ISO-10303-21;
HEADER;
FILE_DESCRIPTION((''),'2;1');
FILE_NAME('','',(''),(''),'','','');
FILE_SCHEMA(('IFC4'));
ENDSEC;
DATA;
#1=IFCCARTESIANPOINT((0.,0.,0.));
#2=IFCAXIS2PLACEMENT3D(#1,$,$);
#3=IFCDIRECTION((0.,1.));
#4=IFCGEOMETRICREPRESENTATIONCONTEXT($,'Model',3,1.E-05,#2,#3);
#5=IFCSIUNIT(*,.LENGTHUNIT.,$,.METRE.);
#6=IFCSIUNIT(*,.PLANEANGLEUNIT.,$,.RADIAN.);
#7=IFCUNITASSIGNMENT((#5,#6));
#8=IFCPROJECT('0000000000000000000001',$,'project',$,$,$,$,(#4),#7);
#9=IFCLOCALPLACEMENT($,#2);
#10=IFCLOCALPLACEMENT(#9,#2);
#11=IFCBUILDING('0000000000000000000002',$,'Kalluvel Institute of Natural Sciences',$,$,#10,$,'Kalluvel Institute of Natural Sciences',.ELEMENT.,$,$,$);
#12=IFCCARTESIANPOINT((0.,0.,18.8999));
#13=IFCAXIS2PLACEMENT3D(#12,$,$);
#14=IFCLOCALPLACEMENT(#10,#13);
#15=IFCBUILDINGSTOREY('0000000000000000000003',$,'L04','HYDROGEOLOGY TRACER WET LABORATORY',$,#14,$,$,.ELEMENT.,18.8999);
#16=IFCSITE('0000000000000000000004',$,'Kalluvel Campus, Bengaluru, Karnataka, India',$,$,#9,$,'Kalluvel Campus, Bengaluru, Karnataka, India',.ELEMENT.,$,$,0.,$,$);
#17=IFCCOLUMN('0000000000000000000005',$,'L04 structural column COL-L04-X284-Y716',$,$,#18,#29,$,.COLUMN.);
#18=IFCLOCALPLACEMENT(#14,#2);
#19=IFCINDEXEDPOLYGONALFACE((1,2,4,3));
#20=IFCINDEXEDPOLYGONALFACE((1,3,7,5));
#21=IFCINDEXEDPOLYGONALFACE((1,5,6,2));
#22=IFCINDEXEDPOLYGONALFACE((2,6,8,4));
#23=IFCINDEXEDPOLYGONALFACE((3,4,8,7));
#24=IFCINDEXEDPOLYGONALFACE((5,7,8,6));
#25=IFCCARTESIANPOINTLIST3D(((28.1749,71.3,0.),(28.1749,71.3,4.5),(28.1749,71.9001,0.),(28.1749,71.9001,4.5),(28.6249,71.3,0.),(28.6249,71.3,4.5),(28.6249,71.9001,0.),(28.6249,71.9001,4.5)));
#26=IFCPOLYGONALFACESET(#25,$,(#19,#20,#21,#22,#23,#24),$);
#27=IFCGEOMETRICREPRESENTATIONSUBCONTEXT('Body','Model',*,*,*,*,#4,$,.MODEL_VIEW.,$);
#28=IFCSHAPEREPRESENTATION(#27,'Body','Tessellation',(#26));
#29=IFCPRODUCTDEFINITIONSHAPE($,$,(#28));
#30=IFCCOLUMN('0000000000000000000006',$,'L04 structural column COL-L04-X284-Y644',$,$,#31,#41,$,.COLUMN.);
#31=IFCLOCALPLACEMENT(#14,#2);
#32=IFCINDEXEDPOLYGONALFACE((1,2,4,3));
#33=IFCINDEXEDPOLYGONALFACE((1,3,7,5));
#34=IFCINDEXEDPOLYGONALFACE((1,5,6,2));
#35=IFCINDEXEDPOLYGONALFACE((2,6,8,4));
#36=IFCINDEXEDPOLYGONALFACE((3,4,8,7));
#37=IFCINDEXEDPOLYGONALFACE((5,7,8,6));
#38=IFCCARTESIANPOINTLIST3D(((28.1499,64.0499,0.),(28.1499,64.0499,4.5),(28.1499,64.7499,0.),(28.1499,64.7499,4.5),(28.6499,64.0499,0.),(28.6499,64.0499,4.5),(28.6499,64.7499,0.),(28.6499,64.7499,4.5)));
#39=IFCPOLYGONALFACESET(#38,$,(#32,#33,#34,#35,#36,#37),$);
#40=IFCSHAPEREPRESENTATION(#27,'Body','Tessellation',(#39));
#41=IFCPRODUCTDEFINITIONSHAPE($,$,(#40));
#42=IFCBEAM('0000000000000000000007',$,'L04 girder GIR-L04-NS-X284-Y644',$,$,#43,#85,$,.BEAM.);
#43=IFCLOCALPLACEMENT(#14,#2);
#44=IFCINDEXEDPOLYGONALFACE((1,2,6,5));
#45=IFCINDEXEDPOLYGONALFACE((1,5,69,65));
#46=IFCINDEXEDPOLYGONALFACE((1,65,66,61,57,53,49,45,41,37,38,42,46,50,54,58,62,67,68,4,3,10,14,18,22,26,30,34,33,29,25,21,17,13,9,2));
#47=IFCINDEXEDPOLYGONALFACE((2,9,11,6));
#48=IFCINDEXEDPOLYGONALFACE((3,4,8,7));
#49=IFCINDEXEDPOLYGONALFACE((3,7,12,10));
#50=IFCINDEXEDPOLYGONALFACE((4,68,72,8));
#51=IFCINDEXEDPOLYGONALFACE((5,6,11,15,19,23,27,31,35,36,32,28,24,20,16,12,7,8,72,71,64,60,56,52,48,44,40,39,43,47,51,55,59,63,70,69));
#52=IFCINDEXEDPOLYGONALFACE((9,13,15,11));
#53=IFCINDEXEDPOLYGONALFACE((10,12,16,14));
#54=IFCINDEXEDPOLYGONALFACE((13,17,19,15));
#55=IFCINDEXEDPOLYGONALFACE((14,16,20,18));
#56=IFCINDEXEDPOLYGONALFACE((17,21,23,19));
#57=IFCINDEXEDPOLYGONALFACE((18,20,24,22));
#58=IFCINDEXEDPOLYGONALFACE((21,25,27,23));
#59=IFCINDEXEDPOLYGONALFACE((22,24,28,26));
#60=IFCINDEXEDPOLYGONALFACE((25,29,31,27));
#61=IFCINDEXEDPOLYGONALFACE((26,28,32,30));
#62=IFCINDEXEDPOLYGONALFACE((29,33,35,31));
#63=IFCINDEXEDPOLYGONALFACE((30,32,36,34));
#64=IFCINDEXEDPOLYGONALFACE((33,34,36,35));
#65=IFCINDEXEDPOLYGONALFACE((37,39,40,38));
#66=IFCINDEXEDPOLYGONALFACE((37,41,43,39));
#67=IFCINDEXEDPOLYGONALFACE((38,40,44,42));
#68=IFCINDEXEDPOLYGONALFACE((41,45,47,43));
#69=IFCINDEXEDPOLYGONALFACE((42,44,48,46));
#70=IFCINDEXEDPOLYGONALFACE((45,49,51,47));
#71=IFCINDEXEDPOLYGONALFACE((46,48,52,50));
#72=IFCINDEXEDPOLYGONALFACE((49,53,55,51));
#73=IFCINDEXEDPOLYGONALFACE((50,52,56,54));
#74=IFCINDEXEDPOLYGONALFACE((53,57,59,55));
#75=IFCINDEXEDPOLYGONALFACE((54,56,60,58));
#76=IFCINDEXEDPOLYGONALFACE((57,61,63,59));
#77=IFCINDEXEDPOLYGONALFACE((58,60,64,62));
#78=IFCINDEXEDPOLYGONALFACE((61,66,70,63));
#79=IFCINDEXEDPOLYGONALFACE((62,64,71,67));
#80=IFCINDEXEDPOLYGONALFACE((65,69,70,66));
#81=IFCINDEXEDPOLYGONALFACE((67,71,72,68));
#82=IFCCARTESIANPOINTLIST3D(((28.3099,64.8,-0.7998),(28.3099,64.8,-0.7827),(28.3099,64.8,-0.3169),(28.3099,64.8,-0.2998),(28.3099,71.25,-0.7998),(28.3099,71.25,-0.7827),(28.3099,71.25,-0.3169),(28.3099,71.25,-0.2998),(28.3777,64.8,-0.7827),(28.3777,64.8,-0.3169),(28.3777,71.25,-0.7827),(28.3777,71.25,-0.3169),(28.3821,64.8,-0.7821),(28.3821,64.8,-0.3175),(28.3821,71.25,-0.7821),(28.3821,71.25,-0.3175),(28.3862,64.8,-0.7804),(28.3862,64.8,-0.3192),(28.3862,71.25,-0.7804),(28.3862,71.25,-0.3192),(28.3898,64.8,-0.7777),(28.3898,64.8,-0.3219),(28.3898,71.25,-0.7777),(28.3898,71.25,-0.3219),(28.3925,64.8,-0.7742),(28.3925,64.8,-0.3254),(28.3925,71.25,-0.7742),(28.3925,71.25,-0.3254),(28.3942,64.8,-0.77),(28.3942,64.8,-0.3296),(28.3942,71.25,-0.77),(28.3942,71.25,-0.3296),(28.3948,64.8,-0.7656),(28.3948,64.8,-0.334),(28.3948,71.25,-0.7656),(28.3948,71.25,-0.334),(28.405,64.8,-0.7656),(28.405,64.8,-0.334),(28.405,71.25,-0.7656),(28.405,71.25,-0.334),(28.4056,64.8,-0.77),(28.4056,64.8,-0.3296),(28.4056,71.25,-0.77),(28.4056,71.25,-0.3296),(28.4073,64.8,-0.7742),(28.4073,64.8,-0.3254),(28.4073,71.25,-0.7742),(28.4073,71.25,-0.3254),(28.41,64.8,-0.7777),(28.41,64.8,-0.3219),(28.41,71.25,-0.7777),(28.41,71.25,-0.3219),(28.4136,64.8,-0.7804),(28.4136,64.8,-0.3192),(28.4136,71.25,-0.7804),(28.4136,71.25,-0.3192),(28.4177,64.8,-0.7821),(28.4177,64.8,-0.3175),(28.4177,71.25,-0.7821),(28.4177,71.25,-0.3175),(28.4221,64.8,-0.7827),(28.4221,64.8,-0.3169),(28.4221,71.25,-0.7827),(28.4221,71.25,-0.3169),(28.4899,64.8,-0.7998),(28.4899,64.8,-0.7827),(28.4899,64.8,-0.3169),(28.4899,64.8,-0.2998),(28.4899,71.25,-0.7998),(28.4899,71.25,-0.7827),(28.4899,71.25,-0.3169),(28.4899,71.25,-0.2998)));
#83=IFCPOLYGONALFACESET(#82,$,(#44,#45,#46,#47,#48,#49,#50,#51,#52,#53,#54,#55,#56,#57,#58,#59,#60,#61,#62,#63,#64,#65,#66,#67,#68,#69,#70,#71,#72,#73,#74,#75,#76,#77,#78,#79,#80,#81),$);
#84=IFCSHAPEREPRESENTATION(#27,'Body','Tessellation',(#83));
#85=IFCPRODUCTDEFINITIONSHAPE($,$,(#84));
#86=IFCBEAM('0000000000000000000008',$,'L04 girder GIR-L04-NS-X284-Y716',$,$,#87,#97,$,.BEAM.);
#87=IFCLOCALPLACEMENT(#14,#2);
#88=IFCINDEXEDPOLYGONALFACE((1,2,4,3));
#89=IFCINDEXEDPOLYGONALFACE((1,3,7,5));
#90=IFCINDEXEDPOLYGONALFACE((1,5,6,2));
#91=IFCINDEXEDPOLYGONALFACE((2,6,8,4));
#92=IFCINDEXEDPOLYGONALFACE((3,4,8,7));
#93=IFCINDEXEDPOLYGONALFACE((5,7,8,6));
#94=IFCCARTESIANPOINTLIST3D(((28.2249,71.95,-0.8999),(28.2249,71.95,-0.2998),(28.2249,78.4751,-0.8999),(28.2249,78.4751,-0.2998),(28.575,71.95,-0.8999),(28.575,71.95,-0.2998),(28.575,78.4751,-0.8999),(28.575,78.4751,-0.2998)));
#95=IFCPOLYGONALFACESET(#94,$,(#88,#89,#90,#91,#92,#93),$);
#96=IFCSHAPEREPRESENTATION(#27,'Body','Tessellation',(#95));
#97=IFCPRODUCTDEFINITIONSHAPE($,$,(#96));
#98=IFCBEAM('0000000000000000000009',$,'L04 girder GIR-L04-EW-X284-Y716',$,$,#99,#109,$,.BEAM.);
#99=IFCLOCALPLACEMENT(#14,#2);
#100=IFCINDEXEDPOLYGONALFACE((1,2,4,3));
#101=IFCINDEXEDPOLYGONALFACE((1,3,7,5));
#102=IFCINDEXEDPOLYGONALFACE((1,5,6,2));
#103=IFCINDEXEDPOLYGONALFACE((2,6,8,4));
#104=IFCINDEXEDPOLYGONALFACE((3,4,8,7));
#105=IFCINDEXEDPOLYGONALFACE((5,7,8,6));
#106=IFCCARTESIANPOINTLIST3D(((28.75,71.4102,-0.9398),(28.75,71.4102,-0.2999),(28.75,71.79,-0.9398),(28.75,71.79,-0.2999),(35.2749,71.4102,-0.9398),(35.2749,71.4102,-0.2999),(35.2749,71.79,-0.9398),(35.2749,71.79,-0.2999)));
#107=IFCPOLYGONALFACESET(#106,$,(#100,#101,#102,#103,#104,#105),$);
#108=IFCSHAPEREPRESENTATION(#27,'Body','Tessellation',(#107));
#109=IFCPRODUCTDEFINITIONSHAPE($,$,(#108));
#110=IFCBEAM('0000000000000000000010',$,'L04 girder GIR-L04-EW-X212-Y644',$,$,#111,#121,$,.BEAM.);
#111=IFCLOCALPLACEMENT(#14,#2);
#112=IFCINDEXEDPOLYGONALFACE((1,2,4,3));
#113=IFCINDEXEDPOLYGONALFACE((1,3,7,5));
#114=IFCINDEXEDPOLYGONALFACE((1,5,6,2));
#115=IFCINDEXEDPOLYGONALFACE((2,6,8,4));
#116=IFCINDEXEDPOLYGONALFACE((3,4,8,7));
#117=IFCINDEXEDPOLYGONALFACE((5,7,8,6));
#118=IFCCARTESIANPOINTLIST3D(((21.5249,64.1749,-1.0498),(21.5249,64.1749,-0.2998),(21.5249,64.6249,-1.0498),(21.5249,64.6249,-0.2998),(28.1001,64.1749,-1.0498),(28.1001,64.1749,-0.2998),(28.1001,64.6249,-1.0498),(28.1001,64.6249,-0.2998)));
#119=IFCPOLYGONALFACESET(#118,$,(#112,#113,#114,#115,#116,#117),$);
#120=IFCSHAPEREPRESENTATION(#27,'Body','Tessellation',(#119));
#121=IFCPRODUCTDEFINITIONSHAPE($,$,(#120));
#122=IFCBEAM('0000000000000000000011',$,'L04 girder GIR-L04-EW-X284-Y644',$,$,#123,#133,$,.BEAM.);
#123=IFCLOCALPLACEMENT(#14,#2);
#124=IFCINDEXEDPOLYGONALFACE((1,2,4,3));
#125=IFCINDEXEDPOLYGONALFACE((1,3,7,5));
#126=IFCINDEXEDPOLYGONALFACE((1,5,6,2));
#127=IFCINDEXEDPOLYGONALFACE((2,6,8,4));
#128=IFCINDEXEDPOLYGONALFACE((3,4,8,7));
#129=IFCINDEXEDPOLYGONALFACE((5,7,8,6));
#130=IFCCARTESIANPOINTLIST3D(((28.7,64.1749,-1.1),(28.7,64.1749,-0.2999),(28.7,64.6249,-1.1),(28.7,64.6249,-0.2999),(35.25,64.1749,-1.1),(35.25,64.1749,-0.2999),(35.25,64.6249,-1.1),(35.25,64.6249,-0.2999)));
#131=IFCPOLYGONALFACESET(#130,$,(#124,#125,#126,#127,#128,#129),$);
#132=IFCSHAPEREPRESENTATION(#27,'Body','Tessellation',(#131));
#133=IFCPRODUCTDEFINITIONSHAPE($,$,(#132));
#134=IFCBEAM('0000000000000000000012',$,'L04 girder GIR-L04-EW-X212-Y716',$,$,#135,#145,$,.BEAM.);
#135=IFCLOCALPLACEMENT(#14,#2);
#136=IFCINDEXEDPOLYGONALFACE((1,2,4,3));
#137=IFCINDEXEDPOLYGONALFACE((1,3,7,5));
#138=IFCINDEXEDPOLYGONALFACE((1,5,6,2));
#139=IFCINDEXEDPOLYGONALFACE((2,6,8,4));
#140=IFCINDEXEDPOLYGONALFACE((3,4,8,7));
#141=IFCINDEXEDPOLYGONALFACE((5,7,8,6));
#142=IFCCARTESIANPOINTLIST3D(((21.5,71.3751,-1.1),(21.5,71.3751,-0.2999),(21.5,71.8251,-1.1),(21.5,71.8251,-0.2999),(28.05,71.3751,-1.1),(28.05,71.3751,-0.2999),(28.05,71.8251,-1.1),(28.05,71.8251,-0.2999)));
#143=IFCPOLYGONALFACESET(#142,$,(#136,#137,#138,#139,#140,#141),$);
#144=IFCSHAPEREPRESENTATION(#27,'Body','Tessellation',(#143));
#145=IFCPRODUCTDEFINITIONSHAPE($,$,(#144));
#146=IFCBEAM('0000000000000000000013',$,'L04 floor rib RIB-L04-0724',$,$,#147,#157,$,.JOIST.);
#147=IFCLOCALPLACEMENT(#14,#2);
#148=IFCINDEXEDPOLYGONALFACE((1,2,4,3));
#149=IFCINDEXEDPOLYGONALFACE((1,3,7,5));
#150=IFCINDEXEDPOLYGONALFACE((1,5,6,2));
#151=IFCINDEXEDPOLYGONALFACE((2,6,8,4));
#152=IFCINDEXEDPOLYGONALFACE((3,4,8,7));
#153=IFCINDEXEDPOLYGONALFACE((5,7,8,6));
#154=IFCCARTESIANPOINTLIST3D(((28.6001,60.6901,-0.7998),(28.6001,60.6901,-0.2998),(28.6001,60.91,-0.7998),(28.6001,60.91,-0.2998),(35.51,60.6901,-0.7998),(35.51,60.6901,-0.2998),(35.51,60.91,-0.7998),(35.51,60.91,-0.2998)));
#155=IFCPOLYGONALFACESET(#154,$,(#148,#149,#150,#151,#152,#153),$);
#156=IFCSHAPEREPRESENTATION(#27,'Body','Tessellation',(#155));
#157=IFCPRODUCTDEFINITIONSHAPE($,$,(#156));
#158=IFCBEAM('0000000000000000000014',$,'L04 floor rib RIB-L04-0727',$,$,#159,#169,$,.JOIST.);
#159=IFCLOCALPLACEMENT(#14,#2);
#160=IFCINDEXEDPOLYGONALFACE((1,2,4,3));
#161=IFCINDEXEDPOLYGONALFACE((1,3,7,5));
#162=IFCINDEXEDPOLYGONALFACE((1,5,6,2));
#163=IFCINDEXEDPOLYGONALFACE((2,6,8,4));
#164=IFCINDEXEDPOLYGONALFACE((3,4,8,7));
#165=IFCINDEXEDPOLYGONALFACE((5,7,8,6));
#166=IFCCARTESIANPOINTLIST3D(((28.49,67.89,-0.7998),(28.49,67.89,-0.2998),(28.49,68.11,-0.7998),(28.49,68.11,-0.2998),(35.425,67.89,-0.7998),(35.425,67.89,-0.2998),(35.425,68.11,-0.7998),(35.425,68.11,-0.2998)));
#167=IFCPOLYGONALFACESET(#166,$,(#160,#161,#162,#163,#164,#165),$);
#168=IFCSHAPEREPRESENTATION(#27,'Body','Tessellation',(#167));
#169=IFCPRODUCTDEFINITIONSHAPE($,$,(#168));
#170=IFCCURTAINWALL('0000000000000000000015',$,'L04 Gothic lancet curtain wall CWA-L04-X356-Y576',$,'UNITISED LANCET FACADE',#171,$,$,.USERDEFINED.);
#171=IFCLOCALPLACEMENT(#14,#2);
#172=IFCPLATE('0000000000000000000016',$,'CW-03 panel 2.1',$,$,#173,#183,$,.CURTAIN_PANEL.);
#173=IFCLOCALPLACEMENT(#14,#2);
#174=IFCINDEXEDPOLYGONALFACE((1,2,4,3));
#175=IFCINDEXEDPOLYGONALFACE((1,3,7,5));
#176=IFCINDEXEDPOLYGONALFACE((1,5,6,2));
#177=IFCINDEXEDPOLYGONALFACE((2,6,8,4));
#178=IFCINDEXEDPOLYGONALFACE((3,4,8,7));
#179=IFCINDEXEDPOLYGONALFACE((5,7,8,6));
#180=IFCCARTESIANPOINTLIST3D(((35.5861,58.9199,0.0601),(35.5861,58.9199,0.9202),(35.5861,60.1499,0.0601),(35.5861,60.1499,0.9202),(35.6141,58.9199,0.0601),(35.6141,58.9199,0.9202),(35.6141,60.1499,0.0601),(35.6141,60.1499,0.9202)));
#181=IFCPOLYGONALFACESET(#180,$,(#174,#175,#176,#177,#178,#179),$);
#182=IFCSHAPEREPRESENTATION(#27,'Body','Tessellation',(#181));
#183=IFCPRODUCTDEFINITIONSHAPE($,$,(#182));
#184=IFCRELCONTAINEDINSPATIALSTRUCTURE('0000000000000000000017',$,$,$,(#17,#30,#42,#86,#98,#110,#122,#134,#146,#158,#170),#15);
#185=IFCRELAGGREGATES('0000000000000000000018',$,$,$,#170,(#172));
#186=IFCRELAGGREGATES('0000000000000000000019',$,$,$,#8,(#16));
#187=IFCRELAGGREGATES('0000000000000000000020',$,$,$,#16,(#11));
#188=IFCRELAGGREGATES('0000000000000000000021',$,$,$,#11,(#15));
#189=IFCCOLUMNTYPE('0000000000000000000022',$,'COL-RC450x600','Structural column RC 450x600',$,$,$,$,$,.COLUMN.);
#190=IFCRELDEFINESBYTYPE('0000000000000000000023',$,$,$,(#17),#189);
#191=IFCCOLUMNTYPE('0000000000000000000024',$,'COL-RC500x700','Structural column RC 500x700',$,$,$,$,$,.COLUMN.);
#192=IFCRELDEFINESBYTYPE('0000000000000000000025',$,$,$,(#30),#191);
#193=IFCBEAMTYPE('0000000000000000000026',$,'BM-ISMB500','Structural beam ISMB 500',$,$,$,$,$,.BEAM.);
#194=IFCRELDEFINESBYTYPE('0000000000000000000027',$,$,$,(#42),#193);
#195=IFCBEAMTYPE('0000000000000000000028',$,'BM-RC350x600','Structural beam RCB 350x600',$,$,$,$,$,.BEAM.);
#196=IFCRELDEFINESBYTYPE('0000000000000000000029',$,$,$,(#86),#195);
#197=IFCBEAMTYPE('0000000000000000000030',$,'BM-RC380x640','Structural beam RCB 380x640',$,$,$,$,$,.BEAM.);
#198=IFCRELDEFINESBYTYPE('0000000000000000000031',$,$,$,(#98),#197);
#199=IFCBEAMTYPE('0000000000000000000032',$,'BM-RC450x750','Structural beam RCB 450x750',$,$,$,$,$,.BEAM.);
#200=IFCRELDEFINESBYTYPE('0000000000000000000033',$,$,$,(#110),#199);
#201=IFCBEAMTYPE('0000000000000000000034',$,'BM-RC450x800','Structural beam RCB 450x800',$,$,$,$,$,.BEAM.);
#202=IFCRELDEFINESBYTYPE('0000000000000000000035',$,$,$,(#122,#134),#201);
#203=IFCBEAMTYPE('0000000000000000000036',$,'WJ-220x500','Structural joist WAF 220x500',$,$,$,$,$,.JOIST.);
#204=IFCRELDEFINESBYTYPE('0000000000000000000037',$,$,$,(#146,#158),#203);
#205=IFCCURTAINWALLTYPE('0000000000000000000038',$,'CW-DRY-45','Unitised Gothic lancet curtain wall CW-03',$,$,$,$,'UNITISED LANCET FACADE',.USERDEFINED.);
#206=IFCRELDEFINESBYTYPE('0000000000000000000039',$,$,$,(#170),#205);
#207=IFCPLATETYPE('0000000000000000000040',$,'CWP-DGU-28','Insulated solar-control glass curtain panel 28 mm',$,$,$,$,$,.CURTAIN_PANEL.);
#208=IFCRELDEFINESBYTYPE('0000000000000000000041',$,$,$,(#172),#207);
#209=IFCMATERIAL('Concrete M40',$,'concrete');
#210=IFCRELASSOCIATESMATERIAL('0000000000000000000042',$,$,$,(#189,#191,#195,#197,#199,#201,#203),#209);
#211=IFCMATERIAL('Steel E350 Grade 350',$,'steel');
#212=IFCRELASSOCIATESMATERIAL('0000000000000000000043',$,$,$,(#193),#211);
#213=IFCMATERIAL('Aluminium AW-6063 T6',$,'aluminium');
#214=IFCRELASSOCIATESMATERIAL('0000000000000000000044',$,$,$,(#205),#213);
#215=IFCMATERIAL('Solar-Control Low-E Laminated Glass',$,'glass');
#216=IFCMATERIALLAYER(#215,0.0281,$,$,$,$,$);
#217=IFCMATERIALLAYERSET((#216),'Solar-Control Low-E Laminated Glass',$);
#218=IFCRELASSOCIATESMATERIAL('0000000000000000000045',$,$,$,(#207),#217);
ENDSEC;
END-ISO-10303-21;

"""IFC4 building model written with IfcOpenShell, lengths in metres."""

from ifc_helpers import new_model, si_unit, direction, frame, origin, origin_2d, place, context, subcontext, project, spatial, rectangle, i_section, extrude, material, layer, layer_set, material_profile, profile_set, type_object, element, aggregate, save


model = new_model("IFC4")

# Units and contexts
model_context = context("Model", 3, precision=1e-05, world=origin(), true_north=direction((0.0, 1.0)))
body_context = subcontext(model_context, "Body", "Model", "MODEL_VIEW")
ifc_project = project(units=[si_unit("LENGTHUNIT", "METRE"), si_unit("PLANEANGLEUNIT", "RADIAN")], contexts=[model_context])

# Site, building, storey
site_placement = place(None, origin())
site = spatial("IfcSite", under=ifc_project, at=site_placement, Name="Kalluvel Campus, Bengaluru, Karnataka, India", LongName="Kalluvel Campus, Bengaluru, Karnataka, India", CompositionType="ELEMENT", RefElevation=0.0)
building_placement = place(site_placement, origin())
building = spatial("IfcBuilding", under=site, at=building_placement, Name="Kalluvel Institute of Natural Sciences", LongName="Kalluvel Institute of Natural Sciences", CompositionType="ELEMENT")
storey_placement = place(building_placement, frame((0.0, 0.0, 18.8999)))
storey = spatial("IfcBuildingStorey", under=building, at=storey_placement, Name="L04", Description="HYDROGEOLOGY TRACER WET LABORATORY", CompositionType="ELEMENT", Elevation=18.8999)

# Columns
ifc_material_1 = material(Name="Concrete M40", Category="concrete")
ifc_material_profile_1 = material_profile(ifc_material_1, rectangle(XDim=0.45, YDim=0.6001, at=origin_2d()), Name="RC 450x600")
ifc_profile_set_1 = profile_set([ifc_material_profile_1], Name="Concrete M40")
column_type_1 = type_object("IfcColumnType", Name="COL-RC450x600", Description="Structural column RC 450x600", PredefinedType="COLUMN", material=ifc_profile_set_1)
column_1_placement = place(storey_placement, frame((28.3999, 71.6001, 0.0), z_axis=(0.0, 0.0, 1.0), x_axis=(1.0, 0.0, 0.0)))
element("IfcColumn", 1, at=column_1_placement, inside=storey, type_object=column_type_1, Name="L04 structural column COL-L04-X284-Y716", PredefinedType="COLUMN", context=body_context, shape_type="SweptSolid", body=[
    extrude(rectangle(XDim=0.45, YDim=0.6001, at=origin_2d()), origin(), (0.0, 0.0, 1.0), 4.5),
])
ifc_material_profile_2 = material_profile(ifc_material_1, rectangle(XDim=0.5, YDim=0.7, at=origin_2d()), Name="RC 500x700")
ifc_profile_set_2 = profile_set([ifc_material_profile_2], Name="Concrete M40")
column_type_2 = type_object("IfcColumnType", Name="COL-RC500x700", Description="Structural column RC 500x700", PredefinedType="COLUMN", material=ifc_profile_set_2)
column_2_placement = place(storey_placement, frame((28.3999, 64.3999, 0.0), z_axis=(0.0, 0.0, 1.0), x_axis=(1.0, 0.0, 0.0)))
element("IfcColumn", 2, at=column_2_placement, inside=storey, type_object=column_type_2, Name="L04 structural column COL-L04-X284-Y644", PredefinedType="COLUMN", context=body_context, shape_type="SweptSolid", body=[
    extrude(rectangle(XDim=0.5, YDim=0.7, at=origin_2d()), origin(), (0.0, 0.0, 1.0), 4.5),
])

# Beams
ifc_material_2 = material(Name="Steel E350 Grade 350", Category="steel")
ifc_material_profile_3 = material_profile(ifc_material_2, i_section(OverallWidth=0.1799, OverallDepth=0.5, WebThickness=0.0103, FlangeThickness=0.0171, FilletRadius=0.0171, at=origin_2d()), Name="ISMB 500")
ifc_profile_set_3 = profile_set([ifc_material_profile_3], Name="Steel E350 Grade 350")
beam_type_1 = type_object("IfcBeamType", Name="BM-ISMB500", Description="Structural beam ISMB 500", PredefinedType="BEAM", material=ifc_profile_set_3)
beam_1_placement = place(storey_placement, frame((28.3999, 64.8, -0.5498), z_axis=(0.0, 1.0, 0.0), x_axis=(-1.0, 0.0, 0.0)))
element("IfcBeam", 3, at=beam_1_placement, inside=storey, type_object=beam_type_1, Name="L04 girder GIR-L04-NS-X284-Y644", PredefinedType="BEAM", context=body_context, shape_type="SweptSolid", body=[
    extrude(i_section(OverallWidth=0.1799, OverallDepth=0.5, WebThickness=0.0103, FlangeThickness=0.0171, FilletRadius=0.0171, at=origin_2d()), origin(), (0.0, 0.0, 1.0), 6.45),
])
ifc_material_profile_4 = material_profile(ifc_material_1, rectangle(XDim=0.3501, YDim=0.6001, at=origin_2d()), Name="RCB 350x600")
ifc_profile_set_4 = profile_set([ifc_material_profile_4], Name="Concrete M40")
beam_type_2 = type_object("IfcBeamType", Name="BM-RC350x600", Description="Structural beam RCB 350x600", PredefinedType="BEAM", material=ifc_profile_set_4)
beam_2_placement = place(storey_placement, frame((28.3999, 71.95, -0.5999), z_axis=(0.0, 1.0, 0.0), x_axis=(-1.0, 0.0, 0.0)))
element("IfcBeam", 4, at=beam_2_placement, inside=storey, type_object=beam_type_2, Name="L04 girder GIR-L04-NS-X284-Y716", PredefinedType="BEAM", context=body_context, shape_type="SweptSolid", body=[
    extrude(rectangle(XDim=0.3501, YDim=0.6001, at=origin_2d()), origin(), (0.0, 0.0, 1.0), 6.5251),
])
ifc_material_profile_5 = material_profile(ifc_material_1, rectangle(XDim=0.3799, YDim=0.6399, at=origin_2d()), Name="RCB 380x640")
ifc_profile_set_5 = profile_set([ifc_material_profile_5], Name="Concrete M40")
beam_type_3 = type_object("IfcBeamType", Name="BM-RC380x640", Description="Structural beam RCB 380x640", PredefinedType="BEAM", material=ifc_profile_set_5)
beam_3_placement = place(storey_placement, frame((28.75, 71.6001, -0.6199), z_axis=(1.0, 0.0, 0.0), x_axis=(0.0, 1.0, 0.0)))
element("IfcBeam", 5, at=beam_3_placement, inside=storey, type_object=beam_type_3, Name="L04 girder GIR-L04-EW-X284-Y716", PredefinedType="BEAM", context=body_context, shape_type="SweptSolid", body=[
    extrude(rectangle(XDim=0.3799, YDim=0.6399, at=origin_2d()), origin(), (0.0, 0.0, 1.0), 6.5249),
])
ifc_material_profile_6 = material_profile(ifc_material_1, rectangle(XDim=0.45, YDim=0.75, at=origin_2d()), Name="RCB 450x750")
ifc_profile_set_6 = profile_set([ifc_material_profile_6], Name="Concrete M40")
beam_type_4 = type_object("IfcBeamType", Name="BM-RC450x750", Description="Structural beam RCB 450x750", PredefinedType="BEAM", material=ifc_profile_set_6)
beam_4_placement = place(storey_placement, frame((21.5249, 64.3999, -0.6748), z_axis=(1.0, 0.0, 0.0), x_axis=(0.0, 1.0, 0.0)))
element("IfcBeam", 6, at=beam_4_placement, inside=storey, type_object=beam_type_4, Name="L04 girder GIR-L04-EW-X212-Y644", PredefinedType="BEAM", context=body_context, shape_type="SweptSolid", body=[
    extrude(rectangle(XDim=0.45, YDim=0.75, at=origin_2d()), origin(), (0.0, 0.0, 1.0), 6.5752),
])
ifc_material_profile_7 = material_profile(ifc_material_1, rectangle(XDim=0.45, YDim=0.8, at=origin_2d()), Name="RCB 450x800")
ifc_profile_set_7 = profile_set([ifc_material_profile_7], Name="Concrete M40")
beam_type_5 = type_object("IfcBeamType", Name="BM-RC450x800", Description="Structural beam RCB 450x800", PredefinedType="BEAM", material=ifc_profile_set_7)
for number, where, z_axis, x_axis, name in (
    (7, (28.7, 64.3999, -0.7), (1.0, 0.0, 0.0), (0.0, 1.0, 0.0), "L04 girder GIR-L04-EW-X284-Y644"),
    (8, (21.5, 71.6001, -0.7), (1.0, 0.0, 0.0), (0.0, 1.0, 0.0), "L04 girder GIR-L04-EW-X212-Y716"),
):
    element("IfcBeam", number, at=place(storey_placement, frame(where, z_axis=z_axis, x_axis=x_axis)), inside=storey, type_object=beam_type_5, Name=name, PredefinedType="BEAM", context=body_context, shape_type="SweptSolid", body=[
        extrude(rectangle(XDim=0.45, YDim=0.8, at=origin_2d()), origin(), (0.0, 0.0, 1.0), 6.55),
    ])
ifc_material_profile_8 = material_profile(ifc_material_1, rectangle(XDim=0.22, YDim=0.5, at=origin_2d()), Name="WAF 220x500")
ifc_profile_set_8 = profile_set([ifc_material_profile_8], Name="Concrete M40")
beam_type_6 = type_object("IfcBeamType", Name="WJ-220x500", Description="Structural joist WAF 220x500", PredefinedType="JOIST", material=ifc_profile_set_8)
beam_5_placement = place(storey_placement, frame((28.6001, 60.8, -0.5498), z_axis=(1.0, 0.0, 0.0), x_axis=(0.0, 1.0, 0.0)))
element("IfcBeam", 9, at=beam_5_placement, inside=storey, type_object=beam_type_6, Name="L04 floor rib RIB-L04-0724", PredefinedType="JOIST", context=body_context, shape_type="SweptSolid", body=[
    extrude(rectangle(XDim=0.22, YDim=0.5, at=origin_2d()), origin(), (0.0, 0.0, 1.0), 6.9099),
])
beam_6_placement = place(storey_placement, frame((28.49, 68.0, -0.5498), z_axis=(1.0, 0.0, 0.0), x_axis=(0.0, 1.0, 0.0)))
element("IfcBeam", 10, at=beam_6_placement, inside=storey, type_object=beam_type_6, Name="L04 floor rib RIB-L04-0727", PredefinedType="JOIST", context=body_context, shape_type="SweptSolid", body=[
    extrude(rectangle(XDim=0.22, YDim=0.5, at=origin_2d()), origin(), (0.0, 0.0, 1.0), 6.9351),
])

# Curtain wall, plate
ifc_material_3 = material(Name="Aluminium AW-6063 T6", Category="aluminium")
curtain_wall_type = type_object("IfcCurtainWallType", Name="CW-DRY-45", Description="Unitised Gothic lancet curtain wall CW-03", ElementType="UNITISED LANCET FACADE", PredefinedType="USERDEFINED", material=ifc_material_3)
curtain_wall_placement = place(storey_placement, origin())
curtain_wall = element("IfcCurtainWall", 11, at=curtain_wall_placement, inside=storey, type_object=curtain_wall_type, Name="L04 Gothic lancet curtain wall CWA-L04-X356-Y576", ObjectType="UNITISED LANCET FACADE", PredefinedType="USERDEFINED")
ifc_material_4 = material(Name="Solar-Control Low-E Laminated Glass", Category="glass")
ifc_layer_1 = layer(ifc_material_4, 0.0281)
ifc_layer_set_1 = layer_set([ifc_layer_1], Name="Solar-Control Low-E Laminated Glass")
plate_type = type_object("IfcPlateType", Name="CWP-DGU-28", Description="Insulated solar-control glass curtain panel 28 mm", PredefinedType="CURTAIN_PANEL", material=ifc_layer_set_1)
plate_1_placement = place(storey_placement, frame((35.6001, 59.5349, 0.0601), z_axis=(0.0, 0.0, 1.0), x_axis=(0.0, 1.0, 0.0)))
plate_1 = element("IfcPlate", 12, at=plate_1_placement, type_object=plate_type, Name="CW-03 panel 2.1", PredefinedType="CURTAIN_PANEL", context=body_context, shape_type="SweptSolid", body=[
    extrude(rectangle(XDim=1.23, YDim=0.0281, at=origin_2d()), origin(), (0.0, 0.0, 1.0), 0.8601),
])
aggregate(curtain_wall, [plate_1])

save(model, "model.ifc")
